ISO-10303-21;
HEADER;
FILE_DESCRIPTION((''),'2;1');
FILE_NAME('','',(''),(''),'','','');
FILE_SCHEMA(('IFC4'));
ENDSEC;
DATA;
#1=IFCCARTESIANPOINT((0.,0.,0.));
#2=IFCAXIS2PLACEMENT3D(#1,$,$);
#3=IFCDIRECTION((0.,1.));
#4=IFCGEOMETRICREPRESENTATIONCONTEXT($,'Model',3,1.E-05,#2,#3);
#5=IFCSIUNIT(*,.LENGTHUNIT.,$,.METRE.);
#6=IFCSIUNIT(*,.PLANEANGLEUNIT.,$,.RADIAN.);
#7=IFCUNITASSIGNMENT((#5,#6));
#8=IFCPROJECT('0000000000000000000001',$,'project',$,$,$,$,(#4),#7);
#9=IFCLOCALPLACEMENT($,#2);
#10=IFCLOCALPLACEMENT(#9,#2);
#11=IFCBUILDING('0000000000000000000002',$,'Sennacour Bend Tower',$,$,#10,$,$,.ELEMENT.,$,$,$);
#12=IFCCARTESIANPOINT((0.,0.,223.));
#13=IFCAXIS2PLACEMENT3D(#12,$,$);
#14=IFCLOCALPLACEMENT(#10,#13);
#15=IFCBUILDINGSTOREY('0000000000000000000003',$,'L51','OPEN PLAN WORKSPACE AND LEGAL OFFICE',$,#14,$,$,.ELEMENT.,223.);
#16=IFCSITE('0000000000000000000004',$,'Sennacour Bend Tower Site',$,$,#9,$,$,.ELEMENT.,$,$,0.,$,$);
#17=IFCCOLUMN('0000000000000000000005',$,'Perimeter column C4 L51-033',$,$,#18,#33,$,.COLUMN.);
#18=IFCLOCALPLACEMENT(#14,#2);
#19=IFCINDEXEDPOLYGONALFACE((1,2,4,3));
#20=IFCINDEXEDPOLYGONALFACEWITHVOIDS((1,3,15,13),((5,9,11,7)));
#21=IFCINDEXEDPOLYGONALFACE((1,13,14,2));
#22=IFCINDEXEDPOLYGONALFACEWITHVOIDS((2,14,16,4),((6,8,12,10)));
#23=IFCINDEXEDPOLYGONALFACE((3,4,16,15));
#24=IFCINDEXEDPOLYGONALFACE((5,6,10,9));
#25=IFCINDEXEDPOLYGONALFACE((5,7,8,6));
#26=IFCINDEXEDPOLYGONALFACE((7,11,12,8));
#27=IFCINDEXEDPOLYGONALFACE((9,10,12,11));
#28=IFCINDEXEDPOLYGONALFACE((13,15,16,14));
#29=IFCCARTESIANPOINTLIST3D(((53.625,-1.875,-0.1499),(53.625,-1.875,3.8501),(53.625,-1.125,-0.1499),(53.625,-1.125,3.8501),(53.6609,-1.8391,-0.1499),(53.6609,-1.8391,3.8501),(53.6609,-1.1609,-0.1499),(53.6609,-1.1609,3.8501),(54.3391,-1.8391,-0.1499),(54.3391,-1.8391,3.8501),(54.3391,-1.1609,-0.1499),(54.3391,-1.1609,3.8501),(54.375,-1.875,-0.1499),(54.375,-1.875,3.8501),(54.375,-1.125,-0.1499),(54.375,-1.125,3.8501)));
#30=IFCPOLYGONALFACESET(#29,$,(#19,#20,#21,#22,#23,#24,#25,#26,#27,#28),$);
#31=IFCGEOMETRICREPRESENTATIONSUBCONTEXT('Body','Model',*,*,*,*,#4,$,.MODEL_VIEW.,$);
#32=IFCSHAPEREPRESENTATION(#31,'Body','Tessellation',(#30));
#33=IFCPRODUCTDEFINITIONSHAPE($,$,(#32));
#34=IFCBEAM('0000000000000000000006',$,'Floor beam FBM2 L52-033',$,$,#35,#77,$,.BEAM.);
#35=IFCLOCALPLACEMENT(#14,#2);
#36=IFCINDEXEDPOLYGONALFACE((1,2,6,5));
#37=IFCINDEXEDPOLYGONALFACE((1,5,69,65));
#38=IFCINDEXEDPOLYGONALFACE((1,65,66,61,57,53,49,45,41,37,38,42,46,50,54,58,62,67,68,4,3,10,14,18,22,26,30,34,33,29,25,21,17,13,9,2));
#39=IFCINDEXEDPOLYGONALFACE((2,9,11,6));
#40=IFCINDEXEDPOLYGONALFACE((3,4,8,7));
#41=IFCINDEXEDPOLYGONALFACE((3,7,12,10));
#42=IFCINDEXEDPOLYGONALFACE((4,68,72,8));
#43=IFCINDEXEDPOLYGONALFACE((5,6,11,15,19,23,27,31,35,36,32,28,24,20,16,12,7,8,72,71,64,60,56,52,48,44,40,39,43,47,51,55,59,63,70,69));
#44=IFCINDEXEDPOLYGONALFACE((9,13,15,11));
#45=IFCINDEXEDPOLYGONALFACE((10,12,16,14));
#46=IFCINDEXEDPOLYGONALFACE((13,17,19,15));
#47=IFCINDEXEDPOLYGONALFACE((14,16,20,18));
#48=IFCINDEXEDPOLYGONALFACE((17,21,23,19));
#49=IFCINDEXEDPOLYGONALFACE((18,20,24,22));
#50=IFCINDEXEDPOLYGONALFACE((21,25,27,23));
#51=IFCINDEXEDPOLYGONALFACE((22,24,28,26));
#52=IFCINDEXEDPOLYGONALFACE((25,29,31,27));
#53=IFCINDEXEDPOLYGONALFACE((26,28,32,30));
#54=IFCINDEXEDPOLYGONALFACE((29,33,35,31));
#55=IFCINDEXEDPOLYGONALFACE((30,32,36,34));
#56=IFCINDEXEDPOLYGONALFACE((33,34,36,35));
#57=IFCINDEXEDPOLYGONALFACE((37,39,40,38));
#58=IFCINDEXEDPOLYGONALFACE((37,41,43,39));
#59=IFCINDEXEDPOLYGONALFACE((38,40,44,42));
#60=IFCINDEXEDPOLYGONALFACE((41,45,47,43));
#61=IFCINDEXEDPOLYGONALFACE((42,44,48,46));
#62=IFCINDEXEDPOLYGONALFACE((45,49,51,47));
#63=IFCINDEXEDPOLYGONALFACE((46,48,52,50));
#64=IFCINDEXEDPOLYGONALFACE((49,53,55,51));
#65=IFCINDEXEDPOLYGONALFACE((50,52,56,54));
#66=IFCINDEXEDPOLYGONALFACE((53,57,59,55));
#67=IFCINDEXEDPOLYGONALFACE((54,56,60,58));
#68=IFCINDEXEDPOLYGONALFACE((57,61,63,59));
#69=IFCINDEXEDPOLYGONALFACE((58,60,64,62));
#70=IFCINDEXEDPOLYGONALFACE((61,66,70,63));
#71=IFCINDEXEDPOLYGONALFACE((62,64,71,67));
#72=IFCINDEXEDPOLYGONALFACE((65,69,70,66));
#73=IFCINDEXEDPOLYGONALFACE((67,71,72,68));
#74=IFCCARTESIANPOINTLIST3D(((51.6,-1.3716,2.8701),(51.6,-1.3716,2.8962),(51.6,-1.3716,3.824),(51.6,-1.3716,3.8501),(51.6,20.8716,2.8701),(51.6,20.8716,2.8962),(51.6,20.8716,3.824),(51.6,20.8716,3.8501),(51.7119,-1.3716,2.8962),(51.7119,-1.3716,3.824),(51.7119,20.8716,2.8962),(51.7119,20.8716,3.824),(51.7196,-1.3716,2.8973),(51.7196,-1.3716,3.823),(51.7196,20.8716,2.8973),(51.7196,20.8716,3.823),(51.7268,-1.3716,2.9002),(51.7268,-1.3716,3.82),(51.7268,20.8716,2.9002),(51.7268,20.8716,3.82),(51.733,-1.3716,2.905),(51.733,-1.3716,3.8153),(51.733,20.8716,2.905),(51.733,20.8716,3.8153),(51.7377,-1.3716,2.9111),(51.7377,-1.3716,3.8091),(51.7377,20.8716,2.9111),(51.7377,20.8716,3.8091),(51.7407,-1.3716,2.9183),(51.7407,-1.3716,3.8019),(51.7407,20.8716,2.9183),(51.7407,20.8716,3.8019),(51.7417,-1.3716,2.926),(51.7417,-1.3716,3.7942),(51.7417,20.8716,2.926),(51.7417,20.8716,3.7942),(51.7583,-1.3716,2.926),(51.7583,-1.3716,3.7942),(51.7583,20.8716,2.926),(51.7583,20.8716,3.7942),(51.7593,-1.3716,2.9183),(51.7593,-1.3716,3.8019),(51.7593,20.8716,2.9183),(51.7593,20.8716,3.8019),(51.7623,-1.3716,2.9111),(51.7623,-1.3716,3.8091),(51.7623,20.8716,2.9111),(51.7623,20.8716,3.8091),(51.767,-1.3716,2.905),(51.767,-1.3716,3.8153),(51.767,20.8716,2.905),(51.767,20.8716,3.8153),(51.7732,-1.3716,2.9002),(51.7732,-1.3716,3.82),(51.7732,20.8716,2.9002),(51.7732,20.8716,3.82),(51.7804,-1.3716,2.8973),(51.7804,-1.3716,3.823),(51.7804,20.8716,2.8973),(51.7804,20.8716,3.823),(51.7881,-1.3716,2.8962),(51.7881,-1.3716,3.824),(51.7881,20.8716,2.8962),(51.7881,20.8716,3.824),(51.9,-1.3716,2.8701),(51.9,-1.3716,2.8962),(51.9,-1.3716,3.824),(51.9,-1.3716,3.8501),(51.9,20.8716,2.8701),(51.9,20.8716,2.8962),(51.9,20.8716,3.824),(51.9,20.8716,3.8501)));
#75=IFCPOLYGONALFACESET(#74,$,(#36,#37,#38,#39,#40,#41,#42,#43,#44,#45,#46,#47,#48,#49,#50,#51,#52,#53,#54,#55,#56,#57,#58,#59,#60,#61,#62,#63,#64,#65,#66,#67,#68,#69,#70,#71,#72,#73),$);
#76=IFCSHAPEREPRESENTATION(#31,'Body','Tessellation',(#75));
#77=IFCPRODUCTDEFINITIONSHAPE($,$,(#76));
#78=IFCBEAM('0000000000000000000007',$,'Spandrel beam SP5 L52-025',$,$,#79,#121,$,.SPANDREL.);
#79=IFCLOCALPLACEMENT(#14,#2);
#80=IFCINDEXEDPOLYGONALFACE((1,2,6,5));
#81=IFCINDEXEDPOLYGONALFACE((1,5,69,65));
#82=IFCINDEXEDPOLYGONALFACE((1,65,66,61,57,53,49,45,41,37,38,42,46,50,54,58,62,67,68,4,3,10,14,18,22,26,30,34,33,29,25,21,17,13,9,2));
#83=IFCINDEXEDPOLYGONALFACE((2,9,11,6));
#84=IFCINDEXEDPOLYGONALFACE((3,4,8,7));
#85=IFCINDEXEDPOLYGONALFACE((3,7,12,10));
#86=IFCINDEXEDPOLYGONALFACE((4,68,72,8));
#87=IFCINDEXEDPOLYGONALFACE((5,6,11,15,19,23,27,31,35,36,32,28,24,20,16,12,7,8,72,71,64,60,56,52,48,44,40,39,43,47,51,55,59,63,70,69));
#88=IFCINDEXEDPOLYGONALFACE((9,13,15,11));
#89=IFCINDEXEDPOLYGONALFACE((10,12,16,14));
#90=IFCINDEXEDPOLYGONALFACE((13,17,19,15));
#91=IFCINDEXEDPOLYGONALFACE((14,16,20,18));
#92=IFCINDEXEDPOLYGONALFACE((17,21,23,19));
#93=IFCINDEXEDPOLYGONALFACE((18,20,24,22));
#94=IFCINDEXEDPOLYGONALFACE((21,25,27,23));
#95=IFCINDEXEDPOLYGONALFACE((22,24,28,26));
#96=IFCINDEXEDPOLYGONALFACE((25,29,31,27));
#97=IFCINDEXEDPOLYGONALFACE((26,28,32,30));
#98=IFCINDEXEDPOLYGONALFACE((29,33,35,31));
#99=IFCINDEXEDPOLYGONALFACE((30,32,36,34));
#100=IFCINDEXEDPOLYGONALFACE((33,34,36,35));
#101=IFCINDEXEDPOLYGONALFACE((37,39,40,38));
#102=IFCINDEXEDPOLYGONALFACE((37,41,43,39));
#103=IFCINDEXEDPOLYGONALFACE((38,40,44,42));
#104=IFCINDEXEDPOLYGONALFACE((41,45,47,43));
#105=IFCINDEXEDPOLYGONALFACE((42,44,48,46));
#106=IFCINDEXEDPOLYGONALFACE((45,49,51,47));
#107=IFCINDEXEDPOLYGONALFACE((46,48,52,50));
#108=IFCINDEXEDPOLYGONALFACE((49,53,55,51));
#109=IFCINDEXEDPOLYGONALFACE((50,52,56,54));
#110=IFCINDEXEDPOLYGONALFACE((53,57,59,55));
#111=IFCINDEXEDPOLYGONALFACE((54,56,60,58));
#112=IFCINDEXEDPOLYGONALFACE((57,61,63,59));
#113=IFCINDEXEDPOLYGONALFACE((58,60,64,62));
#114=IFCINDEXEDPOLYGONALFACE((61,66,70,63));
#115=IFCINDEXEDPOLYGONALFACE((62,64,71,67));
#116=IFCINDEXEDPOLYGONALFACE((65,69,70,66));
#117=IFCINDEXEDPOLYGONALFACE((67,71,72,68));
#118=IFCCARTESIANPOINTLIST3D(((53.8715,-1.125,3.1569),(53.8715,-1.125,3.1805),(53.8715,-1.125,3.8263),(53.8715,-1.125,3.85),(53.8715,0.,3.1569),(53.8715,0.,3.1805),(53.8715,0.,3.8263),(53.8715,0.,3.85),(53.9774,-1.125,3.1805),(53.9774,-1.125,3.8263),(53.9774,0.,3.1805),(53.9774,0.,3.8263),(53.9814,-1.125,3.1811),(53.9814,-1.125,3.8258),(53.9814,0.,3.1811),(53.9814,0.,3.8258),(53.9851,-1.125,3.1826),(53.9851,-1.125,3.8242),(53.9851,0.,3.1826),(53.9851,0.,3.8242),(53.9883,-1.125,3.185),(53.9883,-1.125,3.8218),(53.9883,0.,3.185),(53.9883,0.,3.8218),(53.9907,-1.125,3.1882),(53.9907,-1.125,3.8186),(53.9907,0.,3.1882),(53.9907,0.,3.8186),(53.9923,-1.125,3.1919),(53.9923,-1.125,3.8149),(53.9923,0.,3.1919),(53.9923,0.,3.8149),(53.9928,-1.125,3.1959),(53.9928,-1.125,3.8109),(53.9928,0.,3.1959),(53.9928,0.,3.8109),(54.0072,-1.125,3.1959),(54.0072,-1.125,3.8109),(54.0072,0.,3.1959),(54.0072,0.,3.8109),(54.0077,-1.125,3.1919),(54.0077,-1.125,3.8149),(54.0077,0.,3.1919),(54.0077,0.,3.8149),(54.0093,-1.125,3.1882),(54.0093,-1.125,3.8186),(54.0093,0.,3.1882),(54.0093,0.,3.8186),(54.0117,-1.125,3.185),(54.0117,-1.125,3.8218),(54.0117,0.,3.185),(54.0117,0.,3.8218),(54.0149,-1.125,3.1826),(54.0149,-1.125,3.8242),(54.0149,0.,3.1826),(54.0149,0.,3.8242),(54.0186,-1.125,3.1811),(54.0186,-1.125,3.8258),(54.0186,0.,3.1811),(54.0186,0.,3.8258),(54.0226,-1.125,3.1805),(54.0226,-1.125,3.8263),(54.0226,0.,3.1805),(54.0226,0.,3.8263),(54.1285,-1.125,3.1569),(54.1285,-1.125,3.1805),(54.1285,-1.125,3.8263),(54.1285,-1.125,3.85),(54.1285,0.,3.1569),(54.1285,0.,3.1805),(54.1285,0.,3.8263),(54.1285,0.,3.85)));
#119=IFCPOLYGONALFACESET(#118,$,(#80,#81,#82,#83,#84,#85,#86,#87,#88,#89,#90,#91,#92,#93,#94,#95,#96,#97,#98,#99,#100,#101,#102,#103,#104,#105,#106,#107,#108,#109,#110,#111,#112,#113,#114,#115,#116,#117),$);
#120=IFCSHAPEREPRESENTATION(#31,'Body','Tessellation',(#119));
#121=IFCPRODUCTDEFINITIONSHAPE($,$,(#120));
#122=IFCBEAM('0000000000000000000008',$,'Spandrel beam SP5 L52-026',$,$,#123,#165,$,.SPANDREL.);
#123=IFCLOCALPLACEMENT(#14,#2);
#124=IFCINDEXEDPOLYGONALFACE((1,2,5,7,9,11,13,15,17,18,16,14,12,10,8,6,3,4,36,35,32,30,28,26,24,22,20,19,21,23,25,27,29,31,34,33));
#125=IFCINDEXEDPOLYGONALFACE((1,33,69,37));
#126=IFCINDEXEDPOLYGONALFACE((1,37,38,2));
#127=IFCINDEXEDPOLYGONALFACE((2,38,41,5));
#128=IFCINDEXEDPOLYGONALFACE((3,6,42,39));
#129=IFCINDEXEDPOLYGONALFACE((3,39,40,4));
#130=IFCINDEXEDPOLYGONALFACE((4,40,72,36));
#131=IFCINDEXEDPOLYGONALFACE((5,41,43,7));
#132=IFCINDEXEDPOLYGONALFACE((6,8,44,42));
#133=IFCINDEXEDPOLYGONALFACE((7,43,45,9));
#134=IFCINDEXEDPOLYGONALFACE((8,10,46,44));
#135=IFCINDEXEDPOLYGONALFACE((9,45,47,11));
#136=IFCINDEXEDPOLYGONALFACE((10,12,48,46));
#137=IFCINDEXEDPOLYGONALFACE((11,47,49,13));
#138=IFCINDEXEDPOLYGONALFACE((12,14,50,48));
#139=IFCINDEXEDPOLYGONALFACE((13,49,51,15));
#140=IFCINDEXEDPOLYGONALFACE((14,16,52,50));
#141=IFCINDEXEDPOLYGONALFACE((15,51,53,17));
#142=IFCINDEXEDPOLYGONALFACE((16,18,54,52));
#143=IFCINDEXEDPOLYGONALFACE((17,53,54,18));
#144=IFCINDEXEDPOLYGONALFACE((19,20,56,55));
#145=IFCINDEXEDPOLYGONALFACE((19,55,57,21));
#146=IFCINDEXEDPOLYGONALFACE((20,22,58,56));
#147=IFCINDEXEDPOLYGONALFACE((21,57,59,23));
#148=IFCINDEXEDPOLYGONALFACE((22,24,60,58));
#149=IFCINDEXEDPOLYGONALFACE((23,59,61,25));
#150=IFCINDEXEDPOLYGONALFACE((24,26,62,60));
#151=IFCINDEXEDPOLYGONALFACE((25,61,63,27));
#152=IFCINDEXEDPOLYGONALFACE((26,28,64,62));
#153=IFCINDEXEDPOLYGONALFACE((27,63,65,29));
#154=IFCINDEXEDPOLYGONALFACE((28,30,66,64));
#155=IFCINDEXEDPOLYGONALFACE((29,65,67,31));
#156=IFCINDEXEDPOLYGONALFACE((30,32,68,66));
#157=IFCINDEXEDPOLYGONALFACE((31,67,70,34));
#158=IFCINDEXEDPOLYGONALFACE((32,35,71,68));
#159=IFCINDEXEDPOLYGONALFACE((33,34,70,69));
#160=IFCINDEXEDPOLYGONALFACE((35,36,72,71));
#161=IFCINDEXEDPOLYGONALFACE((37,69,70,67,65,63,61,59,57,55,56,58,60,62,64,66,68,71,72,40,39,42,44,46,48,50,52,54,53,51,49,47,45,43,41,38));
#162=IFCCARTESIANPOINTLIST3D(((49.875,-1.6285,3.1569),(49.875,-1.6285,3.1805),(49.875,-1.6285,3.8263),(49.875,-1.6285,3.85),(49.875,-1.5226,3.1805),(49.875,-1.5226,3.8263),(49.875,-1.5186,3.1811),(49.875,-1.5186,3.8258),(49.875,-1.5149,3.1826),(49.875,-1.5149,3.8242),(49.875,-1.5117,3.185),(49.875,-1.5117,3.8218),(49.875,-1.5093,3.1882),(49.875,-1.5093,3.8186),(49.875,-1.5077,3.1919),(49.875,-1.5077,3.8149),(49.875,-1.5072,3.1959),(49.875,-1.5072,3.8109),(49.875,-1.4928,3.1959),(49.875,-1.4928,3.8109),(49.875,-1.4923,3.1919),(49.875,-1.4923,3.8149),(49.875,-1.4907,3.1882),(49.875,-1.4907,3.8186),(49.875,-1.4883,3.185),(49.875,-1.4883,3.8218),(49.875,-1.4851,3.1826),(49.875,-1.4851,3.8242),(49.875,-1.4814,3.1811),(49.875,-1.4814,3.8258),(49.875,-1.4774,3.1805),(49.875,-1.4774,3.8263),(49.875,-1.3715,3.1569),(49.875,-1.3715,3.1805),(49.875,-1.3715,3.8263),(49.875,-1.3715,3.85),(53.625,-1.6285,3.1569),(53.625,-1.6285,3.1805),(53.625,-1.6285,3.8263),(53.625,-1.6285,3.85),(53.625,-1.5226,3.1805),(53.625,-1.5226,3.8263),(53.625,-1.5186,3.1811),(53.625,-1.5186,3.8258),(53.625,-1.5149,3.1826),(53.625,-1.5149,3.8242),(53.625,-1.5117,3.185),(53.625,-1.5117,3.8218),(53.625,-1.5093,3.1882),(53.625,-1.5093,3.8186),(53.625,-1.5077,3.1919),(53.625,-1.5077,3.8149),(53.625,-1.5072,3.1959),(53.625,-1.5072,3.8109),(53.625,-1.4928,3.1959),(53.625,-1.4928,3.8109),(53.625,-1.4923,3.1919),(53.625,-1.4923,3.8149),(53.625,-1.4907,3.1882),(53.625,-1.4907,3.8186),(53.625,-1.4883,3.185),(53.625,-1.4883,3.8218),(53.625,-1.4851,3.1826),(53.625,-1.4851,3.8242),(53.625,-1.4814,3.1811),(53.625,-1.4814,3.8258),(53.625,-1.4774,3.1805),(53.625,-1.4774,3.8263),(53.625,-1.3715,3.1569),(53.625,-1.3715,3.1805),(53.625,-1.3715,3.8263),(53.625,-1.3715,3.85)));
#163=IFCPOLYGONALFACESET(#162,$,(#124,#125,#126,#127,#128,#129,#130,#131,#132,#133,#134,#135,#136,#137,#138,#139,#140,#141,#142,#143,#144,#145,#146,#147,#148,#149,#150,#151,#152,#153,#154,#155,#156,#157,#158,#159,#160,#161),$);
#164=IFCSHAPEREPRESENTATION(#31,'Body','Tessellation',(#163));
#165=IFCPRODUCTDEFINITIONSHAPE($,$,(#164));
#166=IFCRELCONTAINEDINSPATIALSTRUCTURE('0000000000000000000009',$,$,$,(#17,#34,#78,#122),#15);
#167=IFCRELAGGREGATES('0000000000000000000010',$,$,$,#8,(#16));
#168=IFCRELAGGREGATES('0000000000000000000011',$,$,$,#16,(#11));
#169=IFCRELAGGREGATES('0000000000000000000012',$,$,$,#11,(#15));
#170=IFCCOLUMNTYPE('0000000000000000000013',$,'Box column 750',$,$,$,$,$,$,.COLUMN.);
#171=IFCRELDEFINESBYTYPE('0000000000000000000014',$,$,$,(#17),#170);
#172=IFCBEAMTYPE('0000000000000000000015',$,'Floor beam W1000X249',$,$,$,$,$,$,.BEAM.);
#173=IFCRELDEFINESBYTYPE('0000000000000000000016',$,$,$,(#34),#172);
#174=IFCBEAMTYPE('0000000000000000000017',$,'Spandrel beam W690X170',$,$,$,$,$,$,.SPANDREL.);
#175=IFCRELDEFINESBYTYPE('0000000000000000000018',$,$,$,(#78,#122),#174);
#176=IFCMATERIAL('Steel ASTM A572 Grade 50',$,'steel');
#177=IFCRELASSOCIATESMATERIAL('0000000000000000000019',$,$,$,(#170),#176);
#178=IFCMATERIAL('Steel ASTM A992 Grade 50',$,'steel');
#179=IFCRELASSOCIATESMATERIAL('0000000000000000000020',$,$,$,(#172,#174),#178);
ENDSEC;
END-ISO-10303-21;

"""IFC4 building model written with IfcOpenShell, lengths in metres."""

from ifc_helpers import new_model, si_unit, direction, frame, origin, origin_2d, place, context, subcontext, project, spatial, hollow_rectangle, i_section, extrude, material, material_profile, profile_set, type_object, element, save


model = new_model("IFC4")

# Units and contexts
model_context = context("Model", 3, precision=1e-05, world=origin(), true_north=direction((0.0, 1.0)))
body_context = subcontext(model_context, "Body", "Model", "MODEL_VIEW")
ifc_project = project(units=[si_unit("LENGTHUNIT", "METRE"), si_unit("PLANEANGLEUNIT", "RADIAN")], contexts=[model_context])

# Site, building, storey
site_placement = place(None, origin())
site = spatial("IfcSite", under=ifc_project, at=site_placement, Name="Sennacour Bend Tower Site", CompositionType="ELEMENT", RefElevation=0.0)
building_placement = place(site_placement, origin())
building = spatial("IfcBuilding", under=site, at=building_placement, Name="Sennacour Bend Tower", CompositionType="ELEMENT")
storey_placement = place(building_placement, frame((0.0, 0.0, 223.0)))
storey = spatial("IfcBuildingStorey", under=building, at=storey_placement, Name="L51", Description="OPEN PLAN WORKSPACE AND LEGAL OFFICE", CompositionType="ELEMENT", Elevation=223.0)

# Column
ifc_material_1 = material(Name="Steel ASTM A572 Grade 50", Category="steel")
ifc_material_profile_1 = material_profile(ifc_material_1, hollow_rectangle(XDim=0.75, YDim=0.75, WallThickness=0.0359, at=origin_2d()), Name="Steel ASTM A572 Grade 50", Category="steel")
ifc_profile_set_1 = profile_set([ifc_material_profile_1], Name="Steel ASTM A572 Grade 50")
column_type = type_object("IfcColumnType", Name="Box column 750", PredefinedType="COLUMN", material=ifc_profile_set_1)
column_placement = place(storey_placement, frame((54.0, -1.5, -0.1499), z_axis=(0.0, 0.0, 1.0), x_axis=(1.0, 0.0, 0.0)))
element("IfcColumn", 1, at=column_placement, inside=storey, type_object=column_type, Name="Perimeter column C4 L51-033", PredefinedType="COLUMN", context=body_context, shape_type="SweptSolid", body=[
    extrude(hollow_rectangle(XDim=0.75, YDim=0.75, WallThickness=0.0359, at=origin_2d()), origin(), (0.0, 0.0, 1.0), 4.0),
])

# Beams
ifc_material_2 = material(Name="Steel ASTM A992 Grade 50", Category="steel")
ifc_material_profile_2 = material_profile(ifc_material_2, i_section(OverallWidth=0.3, OverallDepth=0.98, WebThickness=0.0166, FlangeThickness=0.0261, FilletRadius=0.0298, at=origin_2d()), Name="Steel ASTM A992 Grade 50", Category="steel")
ifc_profile_set_2 = profile_set([ifc_material_profile_2], Name="Steel ASTM A992 Grade 50")
beam_type_1 = type_object("IfcBeamType", Name="Floor beam W1000X249", PredefinedType="BEAM", material=ifc_profile_set_2)
beam_1_placement = place(storey_placement, frame((51.75, -1.3716, 3.3601), z_axis=(0.0, 1.0, 0.0), x_axis=(-1.0, 0.0, 0.0)))
element("IfcBeam", 2, at=beam_1_placement, inside=storey, type_object=beam_type_1, Name="Floor beam FBM2 L52-033", PredefinedType="BEAM", context=body_context, shape_type="SweptSolid", body=[
    extrude(i_section(OverallWidth=0.3, OverallDepth=0.98, WebThickness=0.0166, FlangeThickness=0.0261, FilletRadius=0.0298, at=origin_2d()), origin(), (0.0, 0.0, 1.0), 22.2432),
])
ifc_material_profile_3 = material_profile(ifc_material_2, i_section(OverallWidth=0.2571, OverallDepth=0.6931, WebThickness=0.0144, FlangeThickness=0.0237, FilletRadius=0.0154, at=origin_2d()), Name="Steel ASTM A992 Grade 50", Category="steel")
ifc_profile_set_3 = profile_set([ifc_material_profile_3], Name="Steel ASTM A992 Grade 50")
beam_type_2 = type_object("IfcBeamType", Name="Spandrel beam W690X170", PredefinedType="SPANDREL", material=ifc_profile_set_3)
beam_2_placement = place(storey_placement, frame((54.0, 0.0, 3.5034), z_axis=(0.0, -1.0, 0.0), x_axis=(1.0, 0.0, 0.0)))
element("IfcBeam", 3, at=beam_2_placement, inside=storey, type_object=beam_type_2, Name="Spandrel beam SP5 L52-025", PredefinedType="SPANDREL", context=body_context, shape_type="SweptSolid", body=[
    extrude(i_section(OverallWidth=0.2571, OverallDepth=0.6931, WebThickness=0.0144, FlangeThickness=0.0237, FilletRadius=0.0154, at=origin_2d()), origin(), (0.0, 0.0, 1.0), 1.125),
])
beam_3_placement = place(storey_placement, frame((53.625, -1.5, 3.5034), z_axis=(-1.0, 0.0, 0.0), x_axis=(0.0, -1.0, 0.0)))
element("IfcBeam", 4, at=beam_3_placement, inside=storey, type_object=beam_type_2, Name="Spandrel beam SP5 L52-026", PredefinedType="SPANDREL", context=body_context, shape_type="SweptSolid", body=[
    extrude(i_section(OverallWidth=0.2571, OverallDepth=0.6931, WebThickness=0.0144, FlangeThickness=0.0237, FilletRadius=0.0154, at=origin_2d()), origin(), (0.0, 0.0, 1.0), 3.75),
])

save(model, "model.ifc")
